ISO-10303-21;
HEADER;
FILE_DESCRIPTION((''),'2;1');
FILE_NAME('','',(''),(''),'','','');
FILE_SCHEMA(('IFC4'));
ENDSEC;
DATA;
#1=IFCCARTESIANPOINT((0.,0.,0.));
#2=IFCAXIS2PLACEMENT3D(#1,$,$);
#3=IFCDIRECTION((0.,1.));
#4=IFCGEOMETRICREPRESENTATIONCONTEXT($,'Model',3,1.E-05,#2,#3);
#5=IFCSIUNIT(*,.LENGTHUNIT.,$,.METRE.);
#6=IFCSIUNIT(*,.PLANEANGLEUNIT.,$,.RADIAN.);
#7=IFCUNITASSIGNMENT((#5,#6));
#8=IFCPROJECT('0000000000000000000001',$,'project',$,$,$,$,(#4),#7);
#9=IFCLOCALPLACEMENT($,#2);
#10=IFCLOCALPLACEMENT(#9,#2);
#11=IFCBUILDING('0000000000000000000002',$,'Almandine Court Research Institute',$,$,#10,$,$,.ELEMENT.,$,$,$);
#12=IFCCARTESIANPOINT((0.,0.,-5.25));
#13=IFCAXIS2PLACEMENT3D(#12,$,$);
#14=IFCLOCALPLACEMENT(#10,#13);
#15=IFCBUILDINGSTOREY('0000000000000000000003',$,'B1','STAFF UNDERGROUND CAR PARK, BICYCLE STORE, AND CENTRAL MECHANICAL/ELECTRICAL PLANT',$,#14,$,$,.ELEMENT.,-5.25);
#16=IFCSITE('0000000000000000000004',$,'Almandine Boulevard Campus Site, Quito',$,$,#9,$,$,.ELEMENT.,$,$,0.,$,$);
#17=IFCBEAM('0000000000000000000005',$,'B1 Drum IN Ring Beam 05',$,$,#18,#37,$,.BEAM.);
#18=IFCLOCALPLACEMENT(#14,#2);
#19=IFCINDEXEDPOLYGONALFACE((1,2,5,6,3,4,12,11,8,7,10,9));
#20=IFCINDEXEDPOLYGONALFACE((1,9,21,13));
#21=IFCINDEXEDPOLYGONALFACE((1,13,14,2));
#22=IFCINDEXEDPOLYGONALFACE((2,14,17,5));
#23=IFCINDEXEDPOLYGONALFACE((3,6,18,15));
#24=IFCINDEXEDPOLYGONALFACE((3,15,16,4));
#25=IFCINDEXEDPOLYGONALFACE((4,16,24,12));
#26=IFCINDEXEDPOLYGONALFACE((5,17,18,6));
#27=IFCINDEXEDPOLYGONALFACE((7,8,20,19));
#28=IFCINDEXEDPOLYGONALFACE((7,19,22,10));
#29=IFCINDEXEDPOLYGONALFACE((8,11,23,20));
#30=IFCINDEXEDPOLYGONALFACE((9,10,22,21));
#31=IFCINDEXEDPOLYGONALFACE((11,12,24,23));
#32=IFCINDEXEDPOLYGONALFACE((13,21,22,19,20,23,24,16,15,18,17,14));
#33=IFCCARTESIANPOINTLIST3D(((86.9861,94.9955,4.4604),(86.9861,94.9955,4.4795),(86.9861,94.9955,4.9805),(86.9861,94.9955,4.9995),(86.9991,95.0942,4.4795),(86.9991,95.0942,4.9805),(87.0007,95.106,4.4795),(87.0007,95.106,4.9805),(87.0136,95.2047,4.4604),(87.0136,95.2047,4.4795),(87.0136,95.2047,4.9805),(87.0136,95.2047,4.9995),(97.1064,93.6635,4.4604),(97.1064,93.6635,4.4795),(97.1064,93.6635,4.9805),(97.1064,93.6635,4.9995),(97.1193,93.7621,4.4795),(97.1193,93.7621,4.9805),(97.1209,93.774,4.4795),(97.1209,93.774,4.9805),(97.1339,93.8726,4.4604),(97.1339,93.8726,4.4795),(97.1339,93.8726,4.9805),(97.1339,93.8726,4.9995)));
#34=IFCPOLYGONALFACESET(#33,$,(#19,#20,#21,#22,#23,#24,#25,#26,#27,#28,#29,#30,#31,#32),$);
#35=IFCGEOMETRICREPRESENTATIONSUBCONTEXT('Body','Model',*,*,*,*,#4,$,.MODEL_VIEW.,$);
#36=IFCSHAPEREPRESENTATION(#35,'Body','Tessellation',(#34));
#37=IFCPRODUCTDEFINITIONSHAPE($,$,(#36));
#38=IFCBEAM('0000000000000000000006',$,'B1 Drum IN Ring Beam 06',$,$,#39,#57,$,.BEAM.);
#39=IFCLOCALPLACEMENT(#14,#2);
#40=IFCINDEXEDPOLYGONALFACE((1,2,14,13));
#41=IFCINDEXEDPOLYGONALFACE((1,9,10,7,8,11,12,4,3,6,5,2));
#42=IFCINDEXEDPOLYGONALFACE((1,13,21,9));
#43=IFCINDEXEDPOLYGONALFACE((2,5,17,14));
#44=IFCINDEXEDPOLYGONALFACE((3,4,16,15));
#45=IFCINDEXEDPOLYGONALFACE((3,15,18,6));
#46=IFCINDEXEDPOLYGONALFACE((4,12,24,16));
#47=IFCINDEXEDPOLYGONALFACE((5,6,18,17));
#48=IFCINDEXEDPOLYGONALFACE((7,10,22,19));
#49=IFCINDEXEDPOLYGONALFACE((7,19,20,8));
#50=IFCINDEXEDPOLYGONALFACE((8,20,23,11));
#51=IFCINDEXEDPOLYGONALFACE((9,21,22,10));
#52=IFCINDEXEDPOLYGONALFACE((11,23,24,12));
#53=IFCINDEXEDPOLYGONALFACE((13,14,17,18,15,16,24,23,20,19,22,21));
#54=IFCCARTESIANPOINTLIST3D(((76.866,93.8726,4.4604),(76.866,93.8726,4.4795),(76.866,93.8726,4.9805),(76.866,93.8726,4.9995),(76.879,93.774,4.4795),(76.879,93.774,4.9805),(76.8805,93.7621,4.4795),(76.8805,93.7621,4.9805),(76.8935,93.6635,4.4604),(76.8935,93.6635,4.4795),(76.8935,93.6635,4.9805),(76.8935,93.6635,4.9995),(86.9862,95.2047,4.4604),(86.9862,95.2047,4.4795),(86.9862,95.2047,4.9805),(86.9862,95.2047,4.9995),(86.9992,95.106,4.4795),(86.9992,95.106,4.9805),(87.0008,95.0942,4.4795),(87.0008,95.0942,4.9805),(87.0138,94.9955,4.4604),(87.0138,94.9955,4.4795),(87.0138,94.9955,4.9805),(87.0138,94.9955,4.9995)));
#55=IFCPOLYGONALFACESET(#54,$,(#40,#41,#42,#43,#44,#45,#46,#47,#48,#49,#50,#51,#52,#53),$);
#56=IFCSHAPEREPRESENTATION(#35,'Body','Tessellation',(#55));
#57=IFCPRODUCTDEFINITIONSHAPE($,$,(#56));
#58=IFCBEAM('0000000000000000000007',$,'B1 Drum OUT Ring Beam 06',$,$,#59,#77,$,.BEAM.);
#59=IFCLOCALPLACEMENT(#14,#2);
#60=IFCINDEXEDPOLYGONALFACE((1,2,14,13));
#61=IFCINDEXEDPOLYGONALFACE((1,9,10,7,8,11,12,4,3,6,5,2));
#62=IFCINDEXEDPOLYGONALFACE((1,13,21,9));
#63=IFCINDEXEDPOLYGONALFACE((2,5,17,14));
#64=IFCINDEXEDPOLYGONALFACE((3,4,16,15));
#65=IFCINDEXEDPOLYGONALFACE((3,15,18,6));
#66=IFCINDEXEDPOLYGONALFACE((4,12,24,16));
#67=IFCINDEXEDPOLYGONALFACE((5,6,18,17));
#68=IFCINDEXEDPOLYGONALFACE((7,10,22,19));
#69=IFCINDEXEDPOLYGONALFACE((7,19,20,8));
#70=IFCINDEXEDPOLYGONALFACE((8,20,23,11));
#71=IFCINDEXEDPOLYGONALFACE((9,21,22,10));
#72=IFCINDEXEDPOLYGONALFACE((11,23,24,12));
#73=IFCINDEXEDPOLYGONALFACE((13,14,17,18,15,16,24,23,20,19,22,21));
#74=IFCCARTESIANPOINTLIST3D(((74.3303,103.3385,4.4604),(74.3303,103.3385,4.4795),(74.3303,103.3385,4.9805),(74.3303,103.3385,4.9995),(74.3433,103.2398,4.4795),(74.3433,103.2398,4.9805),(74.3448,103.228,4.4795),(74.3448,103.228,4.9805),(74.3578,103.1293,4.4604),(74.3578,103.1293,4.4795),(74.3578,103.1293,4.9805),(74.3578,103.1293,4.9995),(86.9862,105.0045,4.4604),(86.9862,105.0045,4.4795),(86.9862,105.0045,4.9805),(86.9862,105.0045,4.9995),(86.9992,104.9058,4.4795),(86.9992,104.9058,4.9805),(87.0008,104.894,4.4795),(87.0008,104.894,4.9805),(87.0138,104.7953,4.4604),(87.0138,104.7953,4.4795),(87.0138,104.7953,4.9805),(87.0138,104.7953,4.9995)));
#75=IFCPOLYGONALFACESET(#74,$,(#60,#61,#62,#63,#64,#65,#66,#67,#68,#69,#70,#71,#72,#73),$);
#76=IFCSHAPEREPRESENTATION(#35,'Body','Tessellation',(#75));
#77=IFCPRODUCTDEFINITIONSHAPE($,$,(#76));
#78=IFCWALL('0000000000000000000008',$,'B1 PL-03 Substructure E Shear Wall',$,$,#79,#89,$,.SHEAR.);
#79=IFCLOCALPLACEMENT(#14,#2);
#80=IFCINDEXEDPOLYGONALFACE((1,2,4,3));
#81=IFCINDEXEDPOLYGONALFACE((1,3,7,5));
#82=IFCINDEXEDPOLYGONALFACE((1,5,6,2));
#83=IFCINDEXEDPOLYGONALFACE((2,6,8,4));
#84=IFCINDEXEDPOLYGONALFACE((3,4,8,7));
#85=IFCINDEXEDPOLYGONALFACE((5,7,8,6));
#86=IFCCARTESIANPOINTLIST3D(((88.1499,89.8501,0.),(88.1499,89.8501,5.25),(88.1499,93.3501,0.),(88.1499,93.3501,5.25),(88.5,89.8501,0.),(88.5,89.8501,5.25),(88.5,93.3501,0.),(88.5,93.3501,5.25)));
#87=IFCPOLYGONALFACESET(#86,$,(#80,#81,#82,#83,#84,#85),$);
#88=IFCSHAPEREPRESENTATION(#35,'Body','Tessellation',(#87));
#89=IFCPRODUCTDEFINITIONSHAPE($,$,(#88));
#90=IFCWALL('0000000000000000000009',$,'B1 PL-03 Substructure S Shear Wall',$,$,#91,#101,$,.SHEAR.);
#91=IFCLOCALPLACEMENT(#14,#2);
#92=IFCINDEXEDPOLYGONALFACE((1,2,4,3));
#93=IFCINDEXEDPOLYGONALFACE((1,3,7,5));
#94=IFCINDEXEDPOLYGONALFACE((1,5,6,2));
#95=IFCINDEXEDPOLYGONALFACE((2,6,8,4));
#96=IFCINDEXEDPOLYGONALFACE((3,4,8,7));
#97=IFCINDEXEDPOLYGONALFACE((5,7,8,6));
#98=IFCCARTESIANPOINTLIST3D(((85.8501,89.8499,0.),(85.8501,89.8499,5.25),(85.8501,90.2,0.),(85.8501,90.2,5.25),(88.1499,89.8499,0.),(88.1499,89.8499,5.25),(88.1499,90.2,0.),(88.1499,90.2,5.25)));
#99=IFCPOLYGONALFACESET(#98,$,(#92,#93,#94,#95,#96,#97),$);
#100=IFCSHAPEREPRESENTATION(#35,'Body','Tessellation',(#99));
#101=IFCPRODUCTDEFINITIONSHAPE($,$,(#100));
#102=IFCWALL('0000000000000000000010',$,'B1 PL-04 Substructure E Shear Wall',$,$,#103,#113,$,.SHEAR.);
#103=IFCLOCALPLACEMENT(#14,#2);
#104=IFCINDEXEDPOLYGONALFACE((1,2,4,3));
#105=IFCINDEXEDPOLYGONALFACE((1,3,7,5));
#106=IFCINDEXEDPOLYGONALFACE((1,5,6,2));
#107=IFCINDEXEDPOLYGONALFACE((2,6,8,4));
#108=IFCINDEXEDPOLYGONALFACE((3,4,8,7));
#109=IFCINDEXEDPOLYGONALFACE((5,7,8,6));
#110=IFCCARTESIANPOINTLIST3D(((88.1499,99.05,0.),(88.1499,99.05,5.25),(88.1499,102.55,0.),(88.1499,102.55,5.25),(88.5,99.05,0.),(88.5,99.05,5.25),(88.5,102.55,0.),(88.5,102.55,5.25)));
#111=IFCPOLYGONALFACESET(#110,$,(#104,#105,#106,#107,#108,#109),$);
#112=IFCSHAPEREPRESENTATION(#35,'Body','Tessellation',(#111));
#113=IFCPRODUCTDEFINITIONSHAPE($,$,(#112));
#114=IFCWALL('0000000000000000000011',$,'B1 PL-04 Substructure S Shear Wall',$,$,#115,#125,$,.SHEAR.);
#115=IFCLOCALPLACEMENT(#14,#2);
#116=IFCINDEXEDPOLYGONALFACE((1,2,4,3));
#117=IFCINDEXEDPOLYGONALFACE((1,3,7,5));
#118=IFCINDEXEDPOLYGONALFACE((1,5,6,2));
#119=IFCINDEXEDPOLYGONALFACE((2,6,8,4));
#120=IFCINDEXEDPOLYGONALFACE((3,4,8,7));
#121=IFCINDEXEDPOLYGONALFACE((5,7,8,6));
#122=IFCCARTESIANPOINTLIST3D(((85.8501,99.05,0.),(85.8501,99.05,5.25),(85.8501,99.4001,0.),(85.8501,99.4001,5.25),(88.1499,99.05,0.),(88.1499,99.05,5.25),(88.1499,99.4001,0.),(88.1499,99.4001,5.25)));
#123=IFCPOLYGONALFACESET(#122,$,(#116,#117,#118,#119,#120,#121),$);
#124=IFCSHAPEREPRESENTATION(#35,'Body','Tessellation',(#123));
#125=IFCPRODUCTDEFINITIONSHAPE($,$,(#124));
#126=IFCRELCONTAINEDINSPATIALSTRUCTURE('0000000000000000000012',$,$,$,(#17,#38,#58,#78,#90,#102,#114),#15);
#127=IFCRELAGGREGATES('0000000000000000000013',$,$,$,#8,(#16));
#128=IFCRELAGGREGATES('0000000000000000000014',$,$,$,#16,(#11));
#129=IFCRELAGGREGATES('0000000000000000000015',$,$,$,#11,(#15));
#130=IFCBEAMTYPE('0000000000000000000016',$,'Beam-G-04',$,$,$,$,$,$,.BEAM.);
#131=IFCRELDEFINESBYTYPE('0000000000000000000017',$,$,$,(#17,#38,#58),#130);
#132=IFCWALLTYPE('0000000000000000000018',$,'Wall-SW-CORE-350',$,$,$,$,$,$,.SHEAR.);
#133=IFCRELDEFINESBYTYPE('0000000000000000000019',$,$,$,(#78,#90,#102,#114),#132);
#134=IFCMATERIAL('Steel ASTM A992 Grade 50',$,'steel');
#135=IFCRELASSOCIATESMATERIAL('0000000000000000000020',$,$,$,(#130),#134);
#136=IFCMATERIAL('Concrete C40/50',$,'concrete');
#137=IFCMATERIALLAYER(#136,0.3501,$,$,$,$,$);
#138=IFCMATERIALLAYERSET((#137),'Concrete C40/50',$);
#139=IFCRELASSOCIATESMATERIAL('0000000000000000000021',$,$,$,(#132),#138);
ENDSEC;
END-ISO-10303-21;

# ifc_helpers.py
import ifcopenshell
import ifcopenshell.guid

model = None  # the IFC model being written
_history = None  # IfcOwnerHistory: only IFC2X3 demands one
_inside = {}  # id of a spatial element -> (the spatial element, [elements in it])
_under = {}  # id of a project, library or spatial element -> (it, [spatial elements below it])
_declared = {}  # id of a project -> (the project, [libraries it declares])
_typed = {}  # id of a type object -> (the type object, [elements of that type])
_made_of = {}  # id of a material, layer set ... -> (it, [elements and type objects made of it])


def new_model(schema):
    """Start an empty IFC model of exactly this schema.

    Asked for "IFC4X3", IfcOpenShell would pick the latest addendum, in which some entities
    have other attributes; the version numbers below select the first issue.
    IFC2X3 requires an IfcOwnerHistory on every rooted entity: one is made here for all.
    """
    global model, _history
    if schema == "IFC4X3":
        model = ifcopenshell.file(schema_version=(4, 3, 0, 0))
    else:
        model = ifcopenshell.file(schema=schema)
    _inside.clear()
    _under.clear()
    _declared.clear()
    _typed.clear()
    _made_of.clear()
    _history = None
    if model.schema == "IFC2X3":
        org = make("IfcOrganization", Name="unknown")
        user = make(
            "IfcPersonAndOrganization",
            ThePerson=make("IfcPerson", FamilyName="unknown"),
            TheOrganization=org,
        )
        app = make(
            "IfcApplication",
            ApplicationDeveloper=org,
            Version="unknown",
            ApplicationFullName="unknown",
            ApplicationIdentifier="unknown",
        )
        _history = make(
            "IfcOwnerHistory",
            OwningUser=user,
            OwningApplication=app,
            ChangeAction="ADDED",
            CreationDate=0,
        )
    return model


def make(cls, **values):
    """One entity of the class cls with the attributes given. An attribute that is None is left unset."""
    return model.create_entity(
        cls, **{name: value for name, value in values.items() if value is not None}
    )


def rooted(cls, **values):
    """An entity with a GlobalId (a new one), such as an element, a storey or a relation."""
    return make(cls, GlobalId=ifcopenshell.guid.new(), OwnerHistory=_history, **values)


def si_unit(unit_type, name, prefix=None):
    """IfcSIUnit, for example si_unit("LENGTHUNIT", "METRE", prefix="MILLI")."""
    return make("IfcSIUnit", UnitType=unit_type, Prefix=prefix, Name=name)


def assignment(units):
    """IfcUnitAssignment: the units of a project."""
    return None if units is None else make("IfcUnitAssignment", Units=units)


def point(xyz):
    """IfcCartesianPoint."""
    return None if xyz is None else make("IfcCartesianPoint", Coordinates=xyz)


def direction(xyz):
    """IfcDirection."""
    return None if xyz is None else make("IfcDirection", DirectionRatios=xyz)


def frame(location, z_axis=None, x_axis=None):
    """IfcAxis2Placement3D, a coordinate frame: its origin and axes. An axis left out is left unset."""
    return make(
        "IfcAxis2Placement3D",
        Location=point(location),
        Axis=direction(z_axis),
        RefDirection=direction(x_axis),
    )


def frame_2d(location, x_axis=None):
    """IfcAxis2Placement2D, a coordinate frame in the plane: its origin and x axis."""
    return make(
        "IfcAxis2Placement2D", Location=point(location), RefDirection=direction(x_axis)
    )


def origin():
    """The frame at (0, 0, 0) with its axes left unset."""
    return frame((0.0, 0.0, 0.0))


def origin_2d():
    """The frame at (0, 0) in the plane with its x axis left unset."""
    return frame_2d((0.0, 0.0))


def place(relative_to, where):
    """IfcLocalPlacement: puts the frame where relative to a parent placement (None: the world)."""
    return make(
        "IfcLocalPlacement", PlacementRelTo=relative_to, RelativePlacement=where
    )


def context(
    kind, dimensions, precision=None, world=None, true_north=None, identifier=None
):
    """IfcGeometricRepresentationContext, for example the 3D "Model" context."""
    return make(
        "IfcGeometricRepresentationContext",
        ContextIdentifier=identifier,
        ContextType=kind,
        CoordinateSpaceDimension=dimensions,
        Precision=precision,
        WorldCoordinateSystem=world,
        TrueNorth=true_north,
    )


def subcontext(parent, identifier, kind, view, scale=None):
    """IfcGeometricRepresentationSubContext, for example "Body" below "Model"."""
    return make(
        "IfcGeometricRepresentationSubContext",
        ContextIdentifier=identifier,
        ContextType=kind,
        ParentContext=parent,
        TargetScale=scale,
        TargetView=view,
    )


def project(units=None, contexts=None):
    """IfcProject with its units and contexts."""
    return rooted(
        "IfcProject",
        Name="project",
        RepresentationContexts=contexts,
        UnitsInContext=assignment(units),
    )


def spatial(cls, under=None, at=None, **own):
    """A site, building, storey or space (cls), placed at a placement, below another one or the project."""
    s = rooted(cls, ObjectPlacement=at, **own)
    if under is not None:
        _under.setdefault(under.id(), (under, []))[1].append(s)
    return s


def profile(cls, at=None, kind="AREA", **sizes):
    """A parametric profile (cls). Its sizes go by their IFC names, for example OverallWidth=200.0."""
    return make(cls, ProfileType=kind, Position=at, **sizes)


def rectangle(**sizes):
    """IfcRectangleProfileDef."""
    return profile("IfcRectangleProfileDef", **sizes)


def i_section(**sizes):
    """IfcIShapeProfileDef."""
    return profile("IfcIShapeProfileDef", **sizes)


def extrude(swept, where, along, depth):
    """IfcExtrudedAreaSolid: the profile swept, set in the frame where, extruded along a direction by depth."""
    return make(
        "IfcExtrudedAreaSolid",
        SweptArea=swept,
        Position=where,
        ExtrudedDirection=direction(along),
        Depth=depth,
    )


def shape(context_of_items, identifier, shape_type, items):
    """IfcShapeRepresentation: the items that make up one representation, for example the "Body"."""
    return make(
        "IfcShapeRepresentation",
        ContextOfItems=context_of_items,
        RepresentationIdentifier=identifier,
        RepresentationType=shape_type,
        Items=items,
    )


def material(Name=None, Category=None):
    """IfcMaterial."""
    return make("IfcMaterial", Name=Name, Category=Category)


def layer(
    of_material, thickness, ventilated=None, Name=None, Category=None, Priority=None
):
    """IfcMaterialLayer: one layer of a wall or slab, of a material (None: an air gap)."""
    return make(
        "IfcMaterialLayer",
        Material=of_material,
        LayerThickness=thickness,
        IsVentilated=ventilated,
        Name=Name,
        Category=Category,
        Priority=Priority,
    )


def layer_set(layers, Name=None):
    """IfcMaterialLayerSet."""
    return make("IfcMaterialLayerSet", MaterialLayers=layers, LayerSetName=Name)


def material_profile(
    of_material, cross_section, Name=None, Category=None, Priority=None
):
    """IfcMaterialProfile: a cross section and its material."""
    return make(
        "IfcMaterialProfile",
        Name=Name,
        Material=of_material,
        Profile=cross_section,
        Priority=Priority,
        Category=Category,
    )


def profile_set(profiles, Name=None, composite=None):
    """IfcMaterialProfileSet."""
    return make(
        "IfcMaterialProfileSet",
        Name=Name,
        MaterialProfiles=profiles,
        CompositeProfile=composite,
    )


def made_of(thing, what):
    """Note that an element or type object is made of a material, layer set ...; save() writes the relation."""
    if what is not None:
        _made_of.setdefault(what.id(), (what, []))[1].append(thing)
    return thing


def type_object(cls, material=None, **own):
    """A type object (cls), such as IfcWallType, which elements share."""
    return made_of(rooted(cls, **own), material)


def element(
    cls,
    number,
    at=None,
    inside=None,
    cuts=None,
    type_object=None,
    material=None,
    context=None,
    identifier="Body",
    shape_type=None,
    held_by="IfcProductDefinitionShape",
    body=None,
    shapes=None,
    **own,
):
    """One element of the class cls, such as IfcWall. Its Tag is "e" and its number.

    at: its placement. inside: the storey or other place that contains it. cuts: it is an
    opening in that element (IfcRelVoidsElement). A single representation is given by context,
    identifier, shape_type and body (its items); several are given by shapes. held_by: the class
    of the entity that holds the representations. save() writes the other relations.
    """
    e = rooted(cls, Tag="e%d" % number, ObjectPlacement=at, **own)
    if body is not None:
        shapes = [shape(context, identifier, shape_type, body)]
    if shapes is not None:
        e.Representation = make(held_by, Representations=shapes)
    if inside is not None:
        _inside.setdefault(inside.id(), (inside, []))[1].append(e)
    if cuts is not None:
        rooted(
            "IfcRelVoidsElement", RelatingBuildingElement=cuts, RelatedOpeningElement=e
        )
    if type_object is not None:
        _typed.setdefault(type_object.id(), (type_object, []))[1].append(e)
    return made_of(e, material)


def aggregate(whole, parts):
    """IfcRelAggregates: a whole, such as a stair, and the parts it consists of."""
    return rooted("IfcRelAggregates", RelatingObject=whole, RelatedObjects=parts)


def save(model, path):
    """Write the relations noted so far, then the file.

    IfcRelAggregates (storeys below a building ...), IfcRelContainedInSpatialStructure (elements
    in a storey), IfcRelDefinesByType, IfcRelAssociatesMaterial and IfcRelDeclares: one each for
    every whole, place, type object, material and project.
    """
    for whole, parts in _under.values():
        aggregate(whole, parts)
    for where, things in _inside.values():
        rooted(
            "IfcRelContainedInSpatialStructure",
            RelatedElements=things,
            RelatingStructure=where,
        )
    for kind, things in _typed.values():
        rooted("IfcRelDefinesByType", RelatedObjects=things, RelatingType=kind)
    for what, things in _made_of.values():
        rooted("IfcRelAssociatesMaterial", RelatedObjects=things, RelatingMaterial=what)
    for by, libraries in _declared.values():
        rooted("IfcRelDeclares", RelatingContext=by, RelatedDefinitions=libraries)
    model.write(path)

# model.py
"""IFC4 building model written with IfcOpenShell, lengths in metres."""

from ifc_helpers import new_model, si_unit, direction, frame, frame_2d, origin, origin_2d, place, context, subcontext, project, spatial, rectangle, i_section, extrude, material, layer, layer_set, material_profile, profile_set, type_object, element, save


model = new_model("IFC4")

# Units and contexts
model_context = context("Model", 3, precision=1e-05, world=origin(), true_north=direction((0.0, 1.0)))
body_context = subcontext(model_context, "Body", "Model", "MODEL_VIEW")
ifc_project = project(units=[si_unit("LENGTHUNIT", "METRE"), si_unit("PLANEANGLEUNIT", "RADIAN")], contexts=[model_context])

# Site, building, storey
site_placement = place(None, origin())
site = spatial("IfcSite", under=ifc_project, at=site_placement, Name="Almandine Boulevard Campus Site, Quito", CompositionType="ELEMENT", RefElevation=0.0)
building_placement = place(site_placement, origin())
building = spatial("IfcBuilding", under=site, at=building_placement, Name="Almandine Court Research Institute", CompositionType="ELEMENT")
storey_placement = place(building_placement, frame((0.0, 0.0, -5.25)))
storey = spatial("IfcBuildingStorey", under=building, at=storey_placement, Name="B1", Description="STAFF UNDERGROUND CAR PARK, BICYCLE STORE, AND CENTRAL MECHANICAL/ELECTRICAL PLANT", CompositionType="ELEMENT", Elevation=-5.25)

# Shared definitions
ifc_material_1 = material(Name="Concrete C40/50", Category="concrete")

# Beams
ifc_material_2 = material(Name="Steel ASTM A992 Grade 50", Category="steel")
ifc_material_profile_1 = material_profile(ifc_material_2, i_section(OverallWidth=0.2109, OverallDepth=0.5391, WebThickness=0.012, FlangeThickness=0.019, at=origin_2d()), Name="W530x109")
ifc_profile_set_1 = profile_set([ifc_material_profile_1], Name="Steel ASTM A992 Grade 50")
beam_type_1 = type_object("IfcBeamType", Name="Beam-G-04", PredefinedType="BEAM", material=ifc_profile_set_1)
for number, where, z_axis, x_axis, name in (
    (1, (97.1201, 93.7681, 4.73), (-0.991449, 0.130497, 0.0), (-0.130497, -0.991449, 0.0), "B1 Drum IN Ring Beam 05"),
    (2, (87.0, 95.1001, 4.73), (-0.991449, -0.130497, 0.0), (0.130497, -0.991449, 0.0), "B1 Drum IN Ring Beam 06"),
):
    element("IfcBeam", number, at=place(storey_placement, frame(where, z_axis=z_axis, x_axis=x_axis)), inside=storey, type_object=beam_type_1, Name=name, PredefinedType="BEAM", context=body_context, shape_type="SweptSolid", body=[
        extrude(i_section(OverallWidth=0.2109, OverallDepth=0.5391, WebThickness=0.012, FlangeThickness=0.019, at=origin_2d()), origin(), (0.0, 0.0, 1.0), 10.2075),
    ])
beam_1_placement = place(storey_placement, frame((87.0, 104.8999, 4.73), z_axis=(-0.991447, -0.130512, 0.0), x_axis=(0.130512, -0.991447, 0.0)))
element("IfcBeam", 3, at=beam_1_placement, inside=storey, type_object=beam_type_1, Name="B1 Drum OUT Ring Beam 06", PredefinedType="BEAM", context=body_context, shape_type="SweptSolid", body=[
    extrude(i_section(OverallWidth=0.2109, OverallDepth=0.5391, WebThickness=0.012, FlangeThickness=0.019, at=origin_2d()), origin(), (0.0, 0.0, 1.0), 12.7651),
])

# Walls
ifc_layer = layer(ifc_material_1, 0.3501)
ifc_layer_set = layer_set([ifc_layer], Name="Concrete C40/50")
wall_type = type_object("IfcWallType", Name="Wall-SW-CORE-350", PredefinedType="SHEAR", material=ifc_layer_set)
wall_1_placement = place(storey_placement, frame((88.325, 93.3501, 0.0), z_axis=(0.0, 0.0, 1.0), x_axis=(0.0, -1.0, 0.0)))
element("IfcWall", 4, at=wall_1_placement, inside=storey, type_object=wall_type, Name="B1 PL-03 Substructure E Shear Wall", PredefinedType="SHEAR", context=body_context, shape_type="SweptSolid", body=[
    extrude(rectangle(XDim=3.5, YDim=0.3501, at=frame_2d((1.75, 0.0))), origin(), (0.0, 0.0, 1.0), 5.25),
])
wall_2_placement = place(storey_placement, frame((88.1499, 90.0249, 0.0), z_axis=(0.0, 0.0, 1.0), x_axis=(-1.0, 0.0, 0.0)))
element("IfcWall", 5, at=wall_2_placement, inside=storey, type_object=wall_type, Name="B1 PL-03 Substructure S Shear Wall", PredefinedType="SHEAR", context=body_context, shape_type="SweptSolid", body=[
    extrude(rectangle(XDim=2.2998, YDim=0.3501, at=frame_2d((1.1499, 0.0))), origin(), (0.0, 0.0, 1.0), 5.25),
])
wall_3_placement = place(storey_placement, frame((88.325, 102.55, 0.0), z_axis=(0.0, 0.0, 1.0), x_axis=(0.0, -1.0, 0.0)))
element("IfcWall", 6, at=wall_3_placement, inside=storey, type_object=wall_type, Name="B1 PL-04 Substructure E Shear Wall", PredefinedType="SHEAR", context=body_context, shape_type="SweptSolid", body=[
    extrude(rectangle(XDim=3.5, YDim=0.3501, at=frame_2d((1.75, 0.0))), origin(), (0.0, 0.0, 1.0), 5.25),
])
wall_4_placement = place(storey_placement, frame((88.1499, 99.2251, 0.0), z_axis=(0.0, 0.0, 1.0), x_axis=(-1.0, 0.0, 0.0)))
element("IfcWall", 7, at=wall_4_placement, inside=storey, type_object=wall_type, Name="B1 PL-04 Substructure S Shear Wall", PredefinedType="SHEAR", context=body_context, shape_type="SweptSolid", body=[
    extrude(rectangle(XDim=2.2998, YDim=0.3501, at=frame_2d((1.1499, 0.0))), origin(), (0.0, 0.0, 1.0), 5.25),
])

save(model, "model.ifc")
